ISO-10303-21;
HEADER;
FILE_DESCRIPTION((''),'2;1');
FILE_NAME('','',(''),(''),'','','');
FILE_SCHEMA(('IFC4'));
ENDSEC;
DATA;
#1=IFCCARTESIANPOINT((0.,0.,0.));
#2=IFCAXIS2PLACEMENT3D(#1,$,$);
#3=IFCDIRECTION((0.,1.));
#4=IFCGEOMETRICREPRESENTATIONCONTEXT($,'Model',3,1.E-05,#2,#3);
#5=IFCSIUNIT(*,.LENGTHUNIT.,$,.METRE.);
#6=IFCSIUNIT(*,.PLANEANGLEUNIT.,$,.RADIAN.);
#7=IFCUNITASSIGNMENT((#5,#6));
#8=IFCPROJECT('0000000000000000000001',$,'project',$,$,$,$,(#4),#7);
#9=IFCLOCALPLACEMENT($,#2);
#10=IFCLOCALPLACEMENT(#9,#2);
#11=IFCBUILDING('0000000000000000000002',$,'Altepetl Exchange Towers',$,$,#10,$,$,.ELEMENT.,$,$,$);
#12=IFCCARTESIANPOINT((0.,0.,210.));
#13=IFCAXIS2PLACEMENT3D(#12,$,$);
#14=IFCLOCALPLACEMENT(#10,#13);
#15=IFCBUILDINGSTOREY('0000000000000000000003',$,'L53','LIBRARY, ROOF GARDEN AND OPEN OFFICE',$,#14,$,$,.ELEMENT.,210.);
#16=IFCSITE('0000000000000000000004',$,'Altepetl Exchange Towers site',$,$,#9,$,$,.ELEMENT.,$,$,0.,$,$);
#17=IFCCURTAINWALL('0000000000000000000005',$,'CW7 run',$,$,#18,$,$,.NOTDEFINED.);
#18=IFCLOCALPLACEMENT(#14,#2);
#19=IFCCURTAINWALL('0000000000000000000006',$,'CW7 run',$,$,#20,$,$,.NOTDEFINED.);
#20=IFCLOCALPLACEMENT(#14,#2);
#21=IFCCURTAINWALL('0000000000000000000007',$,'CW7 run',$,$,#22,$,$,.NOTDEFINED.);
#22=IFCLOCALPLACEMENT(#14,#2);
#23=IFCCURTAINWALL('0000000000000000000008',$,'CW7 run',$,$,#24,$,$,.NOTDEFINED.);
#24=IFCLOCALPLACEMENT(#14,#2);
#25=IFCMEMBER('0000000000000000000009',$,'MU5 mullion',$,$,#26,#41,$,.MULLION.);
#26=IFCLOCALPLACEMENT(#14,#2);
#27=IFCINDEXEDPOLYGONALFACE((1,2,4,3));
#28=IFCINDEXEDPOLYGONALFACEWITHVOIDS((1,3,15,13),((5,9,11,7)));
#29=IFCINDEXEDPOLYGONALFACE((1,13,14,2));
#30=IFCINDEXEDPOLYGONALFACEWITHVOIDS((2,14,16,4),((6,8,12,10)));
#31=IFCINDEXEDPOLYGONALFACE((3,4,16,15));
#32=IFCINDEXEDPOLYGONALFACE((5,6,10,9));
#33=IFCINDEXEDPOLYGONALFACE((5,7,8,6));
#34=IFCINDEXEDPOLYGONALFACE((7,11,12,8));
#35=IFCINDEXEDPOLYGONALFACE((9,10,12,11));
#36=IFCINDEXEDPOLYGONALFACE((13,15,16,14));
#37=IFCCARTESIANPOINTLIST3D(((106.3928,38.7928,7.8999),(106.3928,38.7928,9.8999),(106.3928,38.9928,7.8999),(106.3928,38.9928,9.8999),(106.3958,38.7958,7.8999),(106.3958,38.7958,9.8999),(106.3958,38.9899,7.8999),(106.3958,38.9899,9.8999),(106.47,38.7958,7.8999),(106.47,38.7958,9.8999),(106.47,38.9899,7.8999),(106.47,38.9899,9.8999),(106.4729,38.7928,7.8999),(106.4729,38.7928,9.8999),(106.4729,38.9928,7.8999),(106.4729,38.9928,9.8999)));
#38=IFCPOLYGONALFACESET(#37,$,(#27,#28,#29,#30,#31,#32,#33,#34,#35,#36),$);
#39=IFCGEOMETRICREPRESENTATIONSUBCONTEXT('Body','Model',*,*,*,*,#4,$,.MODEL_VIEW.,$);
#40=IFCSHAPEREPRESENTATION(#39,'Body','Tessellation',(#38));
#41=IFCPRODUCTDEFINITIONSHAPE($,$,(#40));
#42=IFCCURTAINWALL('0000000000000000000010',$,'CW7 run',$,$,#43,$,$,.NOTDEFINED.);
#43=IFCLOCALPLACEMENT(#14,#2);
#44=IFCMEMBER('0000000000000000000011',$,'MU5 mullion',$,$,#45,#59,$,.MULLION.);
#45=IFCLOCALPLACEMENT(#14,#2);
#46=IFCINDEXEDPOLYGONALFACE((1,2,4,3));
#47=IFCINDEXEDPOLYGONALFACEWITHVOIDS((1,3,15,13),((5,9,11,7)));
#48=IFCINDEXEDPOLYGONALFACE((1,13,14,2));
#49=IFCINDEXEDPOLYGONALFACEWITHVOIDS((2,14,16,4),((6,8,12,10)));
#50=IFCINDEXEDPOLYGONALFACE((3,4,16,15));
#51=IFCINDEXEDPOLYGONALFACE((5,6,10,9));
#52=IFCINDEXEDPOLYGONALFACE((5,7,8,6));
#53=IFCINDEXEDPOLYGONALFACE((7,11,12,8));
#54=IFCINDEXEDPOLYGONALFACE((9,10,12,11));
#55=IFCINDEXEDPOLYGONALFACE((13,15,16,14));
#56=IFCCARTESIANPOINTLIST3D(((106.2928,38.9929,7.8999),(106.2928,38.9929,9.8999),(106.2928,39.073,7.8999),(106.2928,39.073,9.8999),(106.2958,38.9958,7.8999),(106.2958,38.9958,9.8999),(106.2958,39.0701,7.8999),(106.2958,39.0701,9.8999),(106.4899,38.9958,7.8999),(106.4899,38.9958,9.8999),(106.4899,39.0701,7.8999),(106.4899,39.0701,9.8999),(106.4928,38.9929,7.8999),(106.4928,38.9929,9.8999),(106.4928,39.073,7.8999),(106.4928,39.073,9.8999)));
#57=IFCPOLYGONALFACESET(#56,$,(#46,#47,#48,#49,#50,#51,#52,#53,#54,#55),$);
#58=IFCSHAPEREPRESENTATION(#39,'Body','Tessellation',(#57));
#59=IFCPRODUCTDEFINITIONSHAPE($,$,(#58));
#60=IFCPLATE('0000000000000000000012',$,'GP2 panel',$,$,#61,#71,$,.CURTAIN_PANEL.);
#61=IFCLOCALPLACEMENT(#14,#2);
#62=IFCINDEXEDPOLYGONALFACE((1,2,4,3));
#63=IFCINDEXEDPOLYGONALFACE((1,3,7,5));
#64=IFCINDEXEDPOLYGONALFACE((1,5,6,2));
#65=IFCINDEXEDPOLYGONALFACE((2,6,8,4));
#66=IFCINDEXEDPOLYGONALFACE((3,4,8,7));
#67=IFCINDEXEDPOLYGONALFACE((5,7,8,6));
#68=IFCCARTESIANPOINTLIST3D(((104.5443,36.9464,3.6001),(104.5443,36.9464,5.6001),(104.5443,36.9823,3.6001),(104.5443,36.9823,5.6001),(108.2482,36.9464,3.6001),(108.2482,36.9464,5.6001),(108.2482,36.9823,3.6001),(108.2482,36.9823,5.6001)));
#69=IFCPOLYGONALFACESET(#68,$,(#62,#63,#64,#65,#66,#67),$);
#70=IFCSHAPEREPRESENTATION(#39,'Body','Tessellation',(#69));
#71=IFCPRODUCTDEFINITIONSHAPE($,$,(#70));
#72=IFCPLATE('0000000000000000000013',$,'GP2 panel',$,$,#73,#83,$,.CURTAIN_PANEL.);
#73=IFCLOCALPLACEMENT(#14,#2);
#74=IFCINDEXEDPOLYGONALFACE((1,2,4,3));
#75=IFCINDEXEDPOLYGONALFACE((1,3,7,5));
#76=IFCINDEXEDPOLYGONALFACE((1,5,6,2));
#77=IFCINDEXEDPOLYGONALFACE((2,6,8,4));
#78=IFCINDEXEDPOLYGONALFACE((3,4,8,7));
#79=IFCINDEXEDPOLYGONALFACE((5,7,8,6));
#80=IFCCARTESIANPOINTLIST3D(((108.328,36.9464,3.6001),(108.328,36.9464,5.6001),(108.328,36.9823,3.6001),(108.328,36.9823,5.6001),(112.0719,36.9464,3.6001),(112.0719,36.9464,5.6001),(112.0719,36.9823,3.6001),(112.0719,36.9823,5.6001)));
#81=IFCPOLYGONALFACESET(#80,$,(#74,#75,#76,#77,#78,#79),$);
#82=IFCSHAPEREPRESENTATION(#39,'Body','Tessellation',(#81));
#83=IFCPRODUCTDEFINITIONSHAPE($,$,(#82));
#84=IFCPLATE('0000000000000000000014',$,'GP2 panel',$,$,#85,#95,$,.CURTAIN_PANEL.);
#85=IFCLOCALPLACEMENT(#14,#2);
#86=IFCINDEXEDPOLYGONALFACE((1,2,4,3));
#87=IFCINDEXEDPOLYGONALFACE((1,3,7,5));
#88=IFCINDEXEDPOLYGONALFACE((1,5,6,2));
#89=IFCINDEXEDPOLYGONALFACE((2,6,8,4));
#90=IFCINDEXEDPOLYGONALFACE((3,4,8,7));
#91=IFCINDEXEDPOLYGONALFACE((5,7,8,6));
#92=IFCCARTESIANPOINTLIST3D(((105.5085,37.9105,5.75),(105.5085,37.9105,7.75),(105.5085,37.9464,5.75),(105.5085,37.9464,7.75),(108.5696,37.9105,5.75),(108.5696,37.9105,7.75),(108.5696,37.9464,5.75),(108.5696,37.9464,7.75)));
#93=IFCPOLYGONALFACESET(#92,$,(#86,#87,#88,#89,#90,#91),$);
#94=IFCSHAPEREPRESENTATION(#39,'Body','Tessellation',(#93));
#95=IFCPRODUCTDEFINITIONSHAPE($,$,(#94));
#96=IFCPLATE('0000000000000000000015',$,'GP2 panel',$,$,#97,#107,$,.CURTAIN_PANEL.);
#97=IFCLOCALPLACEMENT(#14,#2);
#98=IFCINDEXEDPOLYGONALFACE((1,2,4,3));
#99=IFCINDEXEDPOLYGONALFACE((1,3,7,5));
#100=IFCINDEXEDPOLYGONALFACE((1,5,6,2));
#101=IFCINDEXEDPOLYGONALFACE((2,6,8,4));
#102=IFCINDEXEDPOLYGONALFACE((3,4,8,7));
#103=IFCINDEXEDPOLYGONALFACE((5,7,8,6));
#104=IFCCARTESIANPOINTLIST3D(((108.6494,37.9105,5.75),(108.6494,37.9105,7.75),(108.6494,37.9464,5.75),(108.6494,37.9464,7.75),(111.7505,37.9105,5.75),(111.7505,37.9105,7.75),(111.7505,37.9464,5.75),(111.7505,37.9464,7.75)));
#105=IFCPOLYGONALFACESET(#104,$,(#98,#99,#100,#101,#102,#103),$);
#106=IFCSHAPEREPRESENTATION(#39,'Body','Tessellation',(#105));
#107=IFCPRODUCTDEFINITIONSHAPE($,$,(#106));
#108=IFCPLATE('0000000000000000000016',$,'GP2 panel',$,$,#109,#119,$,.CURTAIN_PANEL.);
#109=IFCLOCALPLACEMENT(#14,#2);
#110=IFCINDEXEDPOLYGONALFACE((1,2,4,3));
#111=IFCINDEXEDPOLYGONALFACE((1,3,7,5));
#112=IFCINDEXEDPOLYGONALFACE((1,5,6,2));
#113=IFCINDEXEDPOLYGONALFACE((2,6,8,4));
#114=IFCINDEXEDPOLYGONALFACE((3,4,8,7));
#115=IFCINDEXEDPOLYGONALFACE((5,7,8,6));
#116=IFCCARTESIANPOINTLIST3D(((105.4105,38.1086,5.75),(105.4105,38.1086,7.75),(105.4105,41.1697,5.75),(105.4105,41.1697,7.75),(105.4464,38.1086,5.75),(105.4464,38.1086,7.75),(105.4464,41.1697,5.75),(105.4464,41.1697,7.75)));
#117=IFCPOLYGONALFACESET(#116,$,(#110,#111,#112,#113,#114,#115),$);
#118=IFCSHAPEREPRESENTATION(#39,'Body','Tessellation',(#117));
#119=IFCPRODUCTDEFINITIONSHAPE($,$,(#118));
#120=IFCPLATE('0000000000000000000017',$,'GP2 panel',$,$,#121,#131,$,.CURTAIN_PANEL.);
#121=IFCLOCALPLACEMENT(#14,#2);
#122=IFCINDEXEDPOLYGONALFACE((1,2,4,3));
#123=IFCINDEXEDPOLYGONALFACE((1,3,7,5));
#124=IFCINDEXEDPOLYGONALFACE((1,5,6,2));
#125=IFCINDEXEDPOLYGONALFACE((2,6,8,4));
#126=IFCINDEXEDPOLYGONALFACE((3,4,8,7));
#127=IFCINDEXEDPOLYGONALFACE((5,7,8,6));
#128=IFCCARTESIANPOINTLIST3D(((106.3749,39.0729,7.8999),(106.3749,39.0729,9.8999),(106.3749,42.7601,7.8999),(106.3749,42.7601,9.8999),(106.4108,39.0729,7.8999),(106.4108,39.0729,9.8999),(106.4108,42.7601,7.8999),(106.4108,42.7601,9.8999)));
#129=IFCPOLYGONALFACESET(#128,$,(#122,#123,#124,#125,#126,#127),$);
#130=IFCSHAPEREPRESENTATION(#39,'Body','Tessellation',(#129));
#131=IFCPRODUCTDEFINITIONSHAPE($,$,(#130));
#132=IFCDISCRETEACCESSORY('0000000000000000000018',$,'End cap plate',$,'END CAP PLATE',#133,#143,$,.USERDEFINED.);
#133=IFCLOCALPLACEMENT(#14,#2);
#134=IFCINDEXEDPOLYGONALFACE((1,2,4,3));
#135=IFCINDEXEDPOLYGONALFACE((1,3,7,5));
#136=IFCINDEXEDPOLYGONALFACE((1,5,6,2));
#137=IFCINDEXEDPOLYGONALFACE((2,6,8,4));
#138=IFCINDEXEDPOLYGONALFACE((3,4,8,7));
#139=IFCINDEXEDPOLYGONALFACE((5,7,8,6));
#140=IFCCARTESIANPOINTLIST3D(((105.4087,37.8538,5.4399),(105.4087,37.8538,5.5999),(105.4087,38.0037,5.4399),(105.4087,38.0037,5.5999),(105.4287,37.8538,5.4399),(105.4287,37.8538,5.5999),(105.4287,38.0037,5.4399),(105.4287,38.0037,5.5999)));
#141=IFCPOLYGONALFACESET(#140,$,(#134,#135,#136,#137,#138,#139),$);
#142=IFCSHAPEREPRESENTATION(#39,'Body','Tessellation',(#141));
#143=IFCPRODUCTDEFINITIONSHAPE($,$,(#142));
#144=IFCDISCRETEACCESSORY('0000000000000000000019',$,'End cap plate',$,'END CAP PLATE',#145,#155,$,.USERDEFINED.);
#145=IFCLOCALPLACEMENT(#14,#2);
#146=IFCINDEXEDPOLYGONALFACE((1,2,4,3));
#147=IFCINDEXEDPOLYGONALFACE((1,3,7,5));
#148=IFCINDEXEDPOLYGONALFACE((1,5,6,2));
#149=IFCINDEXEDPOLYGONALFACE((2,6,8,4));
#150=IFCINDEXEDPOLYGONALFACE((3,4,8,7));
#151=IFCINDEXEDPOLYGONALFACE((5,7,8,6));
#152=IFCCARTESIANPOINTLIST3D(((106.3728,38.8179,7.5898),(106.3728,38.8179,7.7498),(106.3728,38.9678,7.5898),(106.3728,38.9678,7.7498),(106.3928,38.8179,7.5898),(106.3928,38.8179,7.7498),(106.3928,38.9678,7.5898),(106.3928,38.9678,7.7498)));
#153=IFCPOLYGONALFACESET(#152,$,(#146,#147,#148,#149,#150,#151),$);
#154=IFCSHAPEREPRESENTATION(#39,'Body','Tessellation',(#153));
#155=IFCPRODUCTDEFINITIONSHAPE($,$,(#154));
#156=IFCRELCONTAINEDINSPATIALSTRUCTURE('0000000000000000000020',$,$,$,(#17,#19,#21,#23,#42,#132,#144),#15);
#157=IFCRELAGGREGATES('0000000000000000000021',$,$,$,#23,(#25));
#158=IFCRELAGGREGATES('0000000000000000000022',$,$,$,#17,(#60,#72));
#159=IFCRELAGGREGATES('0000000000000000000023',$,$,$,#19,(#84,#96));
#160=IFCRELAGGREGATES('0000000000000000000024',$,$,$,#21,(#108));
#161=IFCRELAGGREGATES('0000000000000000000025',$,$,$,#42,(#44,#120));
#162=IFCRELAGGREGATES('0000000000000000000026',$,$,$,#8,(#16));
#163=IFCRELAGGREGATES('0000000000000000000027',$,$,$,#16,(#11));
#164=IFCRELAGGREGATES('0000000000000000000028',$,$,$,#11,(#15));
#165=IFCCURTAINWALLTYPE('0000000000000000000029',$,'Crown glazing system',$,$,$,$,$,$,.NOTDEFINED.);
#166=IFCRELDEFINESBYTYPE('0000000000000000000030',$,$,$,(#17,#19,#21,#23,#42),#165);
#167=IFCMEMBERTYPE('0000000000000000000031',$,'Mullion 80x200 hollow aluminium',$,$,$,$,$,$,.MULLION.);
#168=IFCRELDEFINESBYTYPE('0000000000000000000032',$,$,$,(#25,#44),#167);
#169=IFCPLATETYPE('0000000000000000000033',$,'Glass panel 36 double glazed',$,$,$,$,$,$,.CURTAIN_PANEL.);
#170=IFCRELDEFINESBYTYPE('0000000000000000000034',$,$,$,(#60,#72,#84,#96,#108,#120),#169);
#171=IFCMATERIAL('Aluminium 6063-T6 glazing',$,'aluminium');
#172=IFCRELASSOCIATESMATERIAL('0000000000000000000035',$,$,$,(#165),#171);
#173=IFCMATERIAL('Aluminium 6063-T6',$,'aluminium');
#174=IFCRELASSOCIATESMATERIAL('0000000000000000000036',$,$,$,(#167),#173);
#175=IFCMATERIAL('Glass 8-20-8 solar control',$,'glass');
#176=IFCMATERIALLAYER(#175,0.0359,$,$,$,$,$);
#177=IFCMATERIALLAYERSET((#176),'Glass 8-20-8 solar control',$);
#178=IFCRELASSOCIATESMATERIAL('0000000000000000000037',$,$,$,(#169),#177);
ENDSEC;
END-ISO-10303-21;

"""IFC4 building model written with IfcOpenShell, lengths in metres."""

from ifc_helpers import new_model, si_unit, direction, frame, origin, origin_2d, place, context, subcontext, project, spatial, rectangle, hollow_rectangle, extrude, material, layer, layer_set, material_profile, profile_set, type_object, element, aggregate, save


model = new_model("IFC4")

# Units and contexts
model_context = context("Model", 3, precision=1e-05, world=origin(), true_north=direction((0.0, 1.0)))
body_context = subcontext(model_context, "Body", "Model", "MODEL_VIEW")
ifc_project = project(units=[si_unit("LENGTHUNIT", "METRE"), si_unit("PLANEANGLEUNIT", "RADIAN")], contexts=[model_context])

# Site, building, storey
site_placement = place(None, origin())
site = spatial("IfcSite", under=ifc_project, at=site_placement, Name="Altepetl Exchange Towers site", CompositionType="ELEMENT", RefElevation=0.0)
building_placement = place(site_placement, origin())
building = spatial("IfcBuilding", under=site, at=building_placement, Name="Altepetl Exchange Towers", CompositionType="ELEMENT")
storey_placement = place(building_placement, frame((0.0, 0.0, 210.0)))
storey = spatial("IfcBuildingStorey", under=building, at=storey_placement, Name="L53", Description="LIBRARY, ROOF GARDEN AND OPEN OFFICE", CompositionType="ELEMENT", Elevation=210.0)

# Curtain wall
ifc_material_1 = material(Name="Aluminium 6063-T6 glazing", Category="aluminium")
curtain_wall_type = type_object("IfcCurtainWallType", Name="Crown glazing system", PredefinedType="NOTDEFINED", material=ifc_material_1)
curtain_wall_1_placement = place(storey_placement, origin())
curtain_wall_1 = element("IfcCurtainWall", 1, at=curtain_wall_1_placement, inside=storey, type_object=curtain_wall_type, Name="CW7 run", PredefinedType="NOTDEFINED")
ifc_material_2 = material(Name="Aluminium 6063-T6", Category="aluminium")
ifc_material_profile_1 = material_profile(ifc_material_2, hollow_rectangle(XDim=0.0801, YDim=0.2, WallThickness=0.0029, at=origin_2d()), Name="Mullion 80x200 hollow aluminium")
ifc_profile_set_1 = profile_set([ifc_material_profile_1], Name="Aluminium 6063-T6")
member_type = type_object("IfcMemberType", Name="Mullion 80x200 hollow aluminium", PredefinedType="MULLION", material=ifc_profile_set_1)

# Curtain walls
curtain_wall_2_placement = place(storey_placement, origin())
curtain_wall_2 = element("IfcCurtainWall", 2, at=curtain_wall_2_placement, inside=storey, type_object=curtain_wall_type, Name="CW7 run", PredefinedType="NOTDEFINED")
curtain_wall_3_placement = place(storey_placement, origin())
curtain_wall_3 = element("IfcCurtainWall", 3, at=curtain_wall_3_placement, inside=storey, type_object=curtain_wall_type, Name="CW7 run", PredefinedType="NOTDEFINED")

# Curtain walls, members
curtain_wall_4_placement = place(storey_placement, origin())
curtain_wall_4 = element("IfcCurtainWall", 4, at=curtain_wall_4_placement, inside=storey, type_object=curtain_wall_type, Name="CW7 run", PredefinedType="NOTDEFINED")
member_1_placement = place(storey_placement, frame((106.4329, 38.8928, 7.8999)))
member_1 = element("IfcMember", 5, at=member_1_placement, type_object=member_type, Name="MU5 mullion", PredefinedType="MULLION", context=body_context, shape_type="SweptSolid", body=[
    extrude(hollow_rectangle(XDim=0.0801, YDim=0.2, WallThickness=0.0029, at=origin_2d()), origin(), (0.0, 0.0, 1.0), 2.0),
])
aggregate(curtain_wall_4, [member_1])
curtain_wall_5_placement = place(storey_placement, origin())
curtain_wall_5 = element("IfcCurtainWall", 6, at=curtain_wall_5_placement, inside=storey, type_object=curtain_wall_type, Name="CW7 run", PredefinedType="NOTDEFINED")
member_2_placement = place(storey_placement, frame((106.3928, 39.033, 7.8999), z_axis=(0.0, 0.0, 1.0), x_axis=(0.0, -1.0, 0.0)))
member_2 = element("IfcMember", 7, at=member_2_placement, type_object=member_type, Name="MU5 mullion", PredefinedType="MULLION", context=body_context, shape_type="SweptSolid", body=[
    extrude(hollow_rectangle(XDim=0.0801, YDim=0.2, WallThickness=0.0029, at=origin_2d()), origin(), (0.0, 0.0, 1.0), 2.0),
])

# Plates
ifc_material_3 = material(Name="Glass 8-20-8 solar control", Category="glass")
ifc_layer = layer(ifc_material_3, 0.0359)
ifc_layer_set = layer_set([ifc_layer], Name="Glass 8-20-8 solar control")
plate_type = type_object("IfcPlateType", Name="Glass panel 36 double glazed", PredefinedType="CURTAIN_PANEL", material=ifc_layer_set)
plate_1_placement = place(storey_placement, frame((106.3962, 36.9644, 3.6001)))
plate_1 = element("IfcPlate", 8, at=plate_1_placement, type_object=plate_type, Name="GP2 panel", PredefinedType="CURTAIN_PANEL", context=body_context, shape_type="SweptSolid", body=[
    extrude(rectangle(XDim=3.7039, YDim=0.0359, at=origin_2d()), origin(), (0.0, 0.0, 1.0), 2.0),
])
plate_2_placement = place(storey_placement, frame((110.2, 36.9644, 3.6001)))
plate_2 = element("IfcPlate", 9, at=plate_2_placement, type_object=plate_type, Name="GP2 panel", PredefinedType="CURTAIN_PANEL", context=body_context, shape_type="SweptSolid", body=[
    extrude(rectangle(XDim=3.7439, YDim=0.0359, at=origin_2d()), origin(), (0.0, 0.0, 1.0), 2.0),
])
aggregate(curtain_wall_1, [plate_1, plate_2])
plate_3_placement = place(storey_placement, frame((107.0391, 37.9285, 5.75)))
plate_3 = element("IfcPlate", 10, at=plate_3_placement, type_object=plate_type, Name="GP2 panel", PredefinedType="CURTAIN_PANEL", context=body_context, shape_type="SweptSolid", body=[
    extrude(rectangle(XDim=3.061, YDim=0.0359, at=origin_2d()), origin(), (0.0, 0.0, 1.0), 2.0),
])
plate_4_placement = place(storey_placement, frame((110.2, 37.9285, 5.75)))
plate_4 = element("IfcPlate", 11, at=plate_4_placement, type_object=plate_type, Name="GP2 panel", PredefinedType="CURTAIN_PANEL", context=body_context, shape_type="SweptSolid", body=[
    extrude(rectangle(XDim=3.1011, YDim=0.0359, at=origin_2d()), origin(), (0.0, 0.0, 1.0), 2.0),
])
aggregate(curtain_wall_2, [plate_3, plate_4])
plate_5_placement = place(storey_placement, frame((105.4285, 39.6392, 5.75), z_axis=(0.0, 0.0, 1.0), x_axis=(0.0, -1.0, 0.0)))
plate_5 = element("IfcPlate", 12, at=plate_5_placement, type_object=plate_type, Name="GP2 panel", PredefinedType="CURTAIN_PANEL", context=body_context, shape_type="SweptSolid", body=[
    extrude(rectangle(XDim=3.061, YDim=0.0359, at=origin_2d()), origin(), (0.0, 0.0, 1.0), 2.0),
])
aggregate(curtain_wall_3, [plate_5])
plate_6_placement = place(storey_placement, frame((106.3928, 40.9165, 7.8999), z_axis=(0.0, 0.0, 1.0), x_axis=(0.0, -1.0, 0.0)))
plate_6 = element("IfcPlate", 13, at=plate_6_placement, type_object=plate_type, Name="GP2 panel", PredefinedType="CURTAIN_PANEL", context=body_context, shape_type="SweptSolid", body=[
    extrude(rectangle(XDim=3.6873, YDim=0.0359, at=origin_2d()), origin(), (0.0, 0.0, 1.0), 2.0),
])
aggregate(curtain_wall_5, [member_2, plate_6])

# Discrete accessories
for number, where, z_axis, x_axis, name in (
    (14, (105.4187, 37.9287, 5.4399), (0.0, 0.0, 1.0), (-1.0, 0.0, 0.0), "End cap plate"),
    (15, (106.3828, 38.8928, 7.5898), (0.0, 0.0, 1.0), (-1.0, 0.0, 0.0), "End cap plate"),
):
    element("IfcDiscreteAccessory", number, at=place(storey_placement, frame(where, z_axis=z_axis, x_axis=x_axis)), inside=storey, Name=name, ObjectType="END CAP PLATE", PredefinedType="USERDEFINED", context=body_context, shape_type="SweptSolid", body=[
        extrude(rectangle(XDim=0.02, YDim=0.1499, at=origin_2d()), origin(), (0.0, 0.0, 1.0), 0.1599),
    ])

save(model, "model.ifc")
